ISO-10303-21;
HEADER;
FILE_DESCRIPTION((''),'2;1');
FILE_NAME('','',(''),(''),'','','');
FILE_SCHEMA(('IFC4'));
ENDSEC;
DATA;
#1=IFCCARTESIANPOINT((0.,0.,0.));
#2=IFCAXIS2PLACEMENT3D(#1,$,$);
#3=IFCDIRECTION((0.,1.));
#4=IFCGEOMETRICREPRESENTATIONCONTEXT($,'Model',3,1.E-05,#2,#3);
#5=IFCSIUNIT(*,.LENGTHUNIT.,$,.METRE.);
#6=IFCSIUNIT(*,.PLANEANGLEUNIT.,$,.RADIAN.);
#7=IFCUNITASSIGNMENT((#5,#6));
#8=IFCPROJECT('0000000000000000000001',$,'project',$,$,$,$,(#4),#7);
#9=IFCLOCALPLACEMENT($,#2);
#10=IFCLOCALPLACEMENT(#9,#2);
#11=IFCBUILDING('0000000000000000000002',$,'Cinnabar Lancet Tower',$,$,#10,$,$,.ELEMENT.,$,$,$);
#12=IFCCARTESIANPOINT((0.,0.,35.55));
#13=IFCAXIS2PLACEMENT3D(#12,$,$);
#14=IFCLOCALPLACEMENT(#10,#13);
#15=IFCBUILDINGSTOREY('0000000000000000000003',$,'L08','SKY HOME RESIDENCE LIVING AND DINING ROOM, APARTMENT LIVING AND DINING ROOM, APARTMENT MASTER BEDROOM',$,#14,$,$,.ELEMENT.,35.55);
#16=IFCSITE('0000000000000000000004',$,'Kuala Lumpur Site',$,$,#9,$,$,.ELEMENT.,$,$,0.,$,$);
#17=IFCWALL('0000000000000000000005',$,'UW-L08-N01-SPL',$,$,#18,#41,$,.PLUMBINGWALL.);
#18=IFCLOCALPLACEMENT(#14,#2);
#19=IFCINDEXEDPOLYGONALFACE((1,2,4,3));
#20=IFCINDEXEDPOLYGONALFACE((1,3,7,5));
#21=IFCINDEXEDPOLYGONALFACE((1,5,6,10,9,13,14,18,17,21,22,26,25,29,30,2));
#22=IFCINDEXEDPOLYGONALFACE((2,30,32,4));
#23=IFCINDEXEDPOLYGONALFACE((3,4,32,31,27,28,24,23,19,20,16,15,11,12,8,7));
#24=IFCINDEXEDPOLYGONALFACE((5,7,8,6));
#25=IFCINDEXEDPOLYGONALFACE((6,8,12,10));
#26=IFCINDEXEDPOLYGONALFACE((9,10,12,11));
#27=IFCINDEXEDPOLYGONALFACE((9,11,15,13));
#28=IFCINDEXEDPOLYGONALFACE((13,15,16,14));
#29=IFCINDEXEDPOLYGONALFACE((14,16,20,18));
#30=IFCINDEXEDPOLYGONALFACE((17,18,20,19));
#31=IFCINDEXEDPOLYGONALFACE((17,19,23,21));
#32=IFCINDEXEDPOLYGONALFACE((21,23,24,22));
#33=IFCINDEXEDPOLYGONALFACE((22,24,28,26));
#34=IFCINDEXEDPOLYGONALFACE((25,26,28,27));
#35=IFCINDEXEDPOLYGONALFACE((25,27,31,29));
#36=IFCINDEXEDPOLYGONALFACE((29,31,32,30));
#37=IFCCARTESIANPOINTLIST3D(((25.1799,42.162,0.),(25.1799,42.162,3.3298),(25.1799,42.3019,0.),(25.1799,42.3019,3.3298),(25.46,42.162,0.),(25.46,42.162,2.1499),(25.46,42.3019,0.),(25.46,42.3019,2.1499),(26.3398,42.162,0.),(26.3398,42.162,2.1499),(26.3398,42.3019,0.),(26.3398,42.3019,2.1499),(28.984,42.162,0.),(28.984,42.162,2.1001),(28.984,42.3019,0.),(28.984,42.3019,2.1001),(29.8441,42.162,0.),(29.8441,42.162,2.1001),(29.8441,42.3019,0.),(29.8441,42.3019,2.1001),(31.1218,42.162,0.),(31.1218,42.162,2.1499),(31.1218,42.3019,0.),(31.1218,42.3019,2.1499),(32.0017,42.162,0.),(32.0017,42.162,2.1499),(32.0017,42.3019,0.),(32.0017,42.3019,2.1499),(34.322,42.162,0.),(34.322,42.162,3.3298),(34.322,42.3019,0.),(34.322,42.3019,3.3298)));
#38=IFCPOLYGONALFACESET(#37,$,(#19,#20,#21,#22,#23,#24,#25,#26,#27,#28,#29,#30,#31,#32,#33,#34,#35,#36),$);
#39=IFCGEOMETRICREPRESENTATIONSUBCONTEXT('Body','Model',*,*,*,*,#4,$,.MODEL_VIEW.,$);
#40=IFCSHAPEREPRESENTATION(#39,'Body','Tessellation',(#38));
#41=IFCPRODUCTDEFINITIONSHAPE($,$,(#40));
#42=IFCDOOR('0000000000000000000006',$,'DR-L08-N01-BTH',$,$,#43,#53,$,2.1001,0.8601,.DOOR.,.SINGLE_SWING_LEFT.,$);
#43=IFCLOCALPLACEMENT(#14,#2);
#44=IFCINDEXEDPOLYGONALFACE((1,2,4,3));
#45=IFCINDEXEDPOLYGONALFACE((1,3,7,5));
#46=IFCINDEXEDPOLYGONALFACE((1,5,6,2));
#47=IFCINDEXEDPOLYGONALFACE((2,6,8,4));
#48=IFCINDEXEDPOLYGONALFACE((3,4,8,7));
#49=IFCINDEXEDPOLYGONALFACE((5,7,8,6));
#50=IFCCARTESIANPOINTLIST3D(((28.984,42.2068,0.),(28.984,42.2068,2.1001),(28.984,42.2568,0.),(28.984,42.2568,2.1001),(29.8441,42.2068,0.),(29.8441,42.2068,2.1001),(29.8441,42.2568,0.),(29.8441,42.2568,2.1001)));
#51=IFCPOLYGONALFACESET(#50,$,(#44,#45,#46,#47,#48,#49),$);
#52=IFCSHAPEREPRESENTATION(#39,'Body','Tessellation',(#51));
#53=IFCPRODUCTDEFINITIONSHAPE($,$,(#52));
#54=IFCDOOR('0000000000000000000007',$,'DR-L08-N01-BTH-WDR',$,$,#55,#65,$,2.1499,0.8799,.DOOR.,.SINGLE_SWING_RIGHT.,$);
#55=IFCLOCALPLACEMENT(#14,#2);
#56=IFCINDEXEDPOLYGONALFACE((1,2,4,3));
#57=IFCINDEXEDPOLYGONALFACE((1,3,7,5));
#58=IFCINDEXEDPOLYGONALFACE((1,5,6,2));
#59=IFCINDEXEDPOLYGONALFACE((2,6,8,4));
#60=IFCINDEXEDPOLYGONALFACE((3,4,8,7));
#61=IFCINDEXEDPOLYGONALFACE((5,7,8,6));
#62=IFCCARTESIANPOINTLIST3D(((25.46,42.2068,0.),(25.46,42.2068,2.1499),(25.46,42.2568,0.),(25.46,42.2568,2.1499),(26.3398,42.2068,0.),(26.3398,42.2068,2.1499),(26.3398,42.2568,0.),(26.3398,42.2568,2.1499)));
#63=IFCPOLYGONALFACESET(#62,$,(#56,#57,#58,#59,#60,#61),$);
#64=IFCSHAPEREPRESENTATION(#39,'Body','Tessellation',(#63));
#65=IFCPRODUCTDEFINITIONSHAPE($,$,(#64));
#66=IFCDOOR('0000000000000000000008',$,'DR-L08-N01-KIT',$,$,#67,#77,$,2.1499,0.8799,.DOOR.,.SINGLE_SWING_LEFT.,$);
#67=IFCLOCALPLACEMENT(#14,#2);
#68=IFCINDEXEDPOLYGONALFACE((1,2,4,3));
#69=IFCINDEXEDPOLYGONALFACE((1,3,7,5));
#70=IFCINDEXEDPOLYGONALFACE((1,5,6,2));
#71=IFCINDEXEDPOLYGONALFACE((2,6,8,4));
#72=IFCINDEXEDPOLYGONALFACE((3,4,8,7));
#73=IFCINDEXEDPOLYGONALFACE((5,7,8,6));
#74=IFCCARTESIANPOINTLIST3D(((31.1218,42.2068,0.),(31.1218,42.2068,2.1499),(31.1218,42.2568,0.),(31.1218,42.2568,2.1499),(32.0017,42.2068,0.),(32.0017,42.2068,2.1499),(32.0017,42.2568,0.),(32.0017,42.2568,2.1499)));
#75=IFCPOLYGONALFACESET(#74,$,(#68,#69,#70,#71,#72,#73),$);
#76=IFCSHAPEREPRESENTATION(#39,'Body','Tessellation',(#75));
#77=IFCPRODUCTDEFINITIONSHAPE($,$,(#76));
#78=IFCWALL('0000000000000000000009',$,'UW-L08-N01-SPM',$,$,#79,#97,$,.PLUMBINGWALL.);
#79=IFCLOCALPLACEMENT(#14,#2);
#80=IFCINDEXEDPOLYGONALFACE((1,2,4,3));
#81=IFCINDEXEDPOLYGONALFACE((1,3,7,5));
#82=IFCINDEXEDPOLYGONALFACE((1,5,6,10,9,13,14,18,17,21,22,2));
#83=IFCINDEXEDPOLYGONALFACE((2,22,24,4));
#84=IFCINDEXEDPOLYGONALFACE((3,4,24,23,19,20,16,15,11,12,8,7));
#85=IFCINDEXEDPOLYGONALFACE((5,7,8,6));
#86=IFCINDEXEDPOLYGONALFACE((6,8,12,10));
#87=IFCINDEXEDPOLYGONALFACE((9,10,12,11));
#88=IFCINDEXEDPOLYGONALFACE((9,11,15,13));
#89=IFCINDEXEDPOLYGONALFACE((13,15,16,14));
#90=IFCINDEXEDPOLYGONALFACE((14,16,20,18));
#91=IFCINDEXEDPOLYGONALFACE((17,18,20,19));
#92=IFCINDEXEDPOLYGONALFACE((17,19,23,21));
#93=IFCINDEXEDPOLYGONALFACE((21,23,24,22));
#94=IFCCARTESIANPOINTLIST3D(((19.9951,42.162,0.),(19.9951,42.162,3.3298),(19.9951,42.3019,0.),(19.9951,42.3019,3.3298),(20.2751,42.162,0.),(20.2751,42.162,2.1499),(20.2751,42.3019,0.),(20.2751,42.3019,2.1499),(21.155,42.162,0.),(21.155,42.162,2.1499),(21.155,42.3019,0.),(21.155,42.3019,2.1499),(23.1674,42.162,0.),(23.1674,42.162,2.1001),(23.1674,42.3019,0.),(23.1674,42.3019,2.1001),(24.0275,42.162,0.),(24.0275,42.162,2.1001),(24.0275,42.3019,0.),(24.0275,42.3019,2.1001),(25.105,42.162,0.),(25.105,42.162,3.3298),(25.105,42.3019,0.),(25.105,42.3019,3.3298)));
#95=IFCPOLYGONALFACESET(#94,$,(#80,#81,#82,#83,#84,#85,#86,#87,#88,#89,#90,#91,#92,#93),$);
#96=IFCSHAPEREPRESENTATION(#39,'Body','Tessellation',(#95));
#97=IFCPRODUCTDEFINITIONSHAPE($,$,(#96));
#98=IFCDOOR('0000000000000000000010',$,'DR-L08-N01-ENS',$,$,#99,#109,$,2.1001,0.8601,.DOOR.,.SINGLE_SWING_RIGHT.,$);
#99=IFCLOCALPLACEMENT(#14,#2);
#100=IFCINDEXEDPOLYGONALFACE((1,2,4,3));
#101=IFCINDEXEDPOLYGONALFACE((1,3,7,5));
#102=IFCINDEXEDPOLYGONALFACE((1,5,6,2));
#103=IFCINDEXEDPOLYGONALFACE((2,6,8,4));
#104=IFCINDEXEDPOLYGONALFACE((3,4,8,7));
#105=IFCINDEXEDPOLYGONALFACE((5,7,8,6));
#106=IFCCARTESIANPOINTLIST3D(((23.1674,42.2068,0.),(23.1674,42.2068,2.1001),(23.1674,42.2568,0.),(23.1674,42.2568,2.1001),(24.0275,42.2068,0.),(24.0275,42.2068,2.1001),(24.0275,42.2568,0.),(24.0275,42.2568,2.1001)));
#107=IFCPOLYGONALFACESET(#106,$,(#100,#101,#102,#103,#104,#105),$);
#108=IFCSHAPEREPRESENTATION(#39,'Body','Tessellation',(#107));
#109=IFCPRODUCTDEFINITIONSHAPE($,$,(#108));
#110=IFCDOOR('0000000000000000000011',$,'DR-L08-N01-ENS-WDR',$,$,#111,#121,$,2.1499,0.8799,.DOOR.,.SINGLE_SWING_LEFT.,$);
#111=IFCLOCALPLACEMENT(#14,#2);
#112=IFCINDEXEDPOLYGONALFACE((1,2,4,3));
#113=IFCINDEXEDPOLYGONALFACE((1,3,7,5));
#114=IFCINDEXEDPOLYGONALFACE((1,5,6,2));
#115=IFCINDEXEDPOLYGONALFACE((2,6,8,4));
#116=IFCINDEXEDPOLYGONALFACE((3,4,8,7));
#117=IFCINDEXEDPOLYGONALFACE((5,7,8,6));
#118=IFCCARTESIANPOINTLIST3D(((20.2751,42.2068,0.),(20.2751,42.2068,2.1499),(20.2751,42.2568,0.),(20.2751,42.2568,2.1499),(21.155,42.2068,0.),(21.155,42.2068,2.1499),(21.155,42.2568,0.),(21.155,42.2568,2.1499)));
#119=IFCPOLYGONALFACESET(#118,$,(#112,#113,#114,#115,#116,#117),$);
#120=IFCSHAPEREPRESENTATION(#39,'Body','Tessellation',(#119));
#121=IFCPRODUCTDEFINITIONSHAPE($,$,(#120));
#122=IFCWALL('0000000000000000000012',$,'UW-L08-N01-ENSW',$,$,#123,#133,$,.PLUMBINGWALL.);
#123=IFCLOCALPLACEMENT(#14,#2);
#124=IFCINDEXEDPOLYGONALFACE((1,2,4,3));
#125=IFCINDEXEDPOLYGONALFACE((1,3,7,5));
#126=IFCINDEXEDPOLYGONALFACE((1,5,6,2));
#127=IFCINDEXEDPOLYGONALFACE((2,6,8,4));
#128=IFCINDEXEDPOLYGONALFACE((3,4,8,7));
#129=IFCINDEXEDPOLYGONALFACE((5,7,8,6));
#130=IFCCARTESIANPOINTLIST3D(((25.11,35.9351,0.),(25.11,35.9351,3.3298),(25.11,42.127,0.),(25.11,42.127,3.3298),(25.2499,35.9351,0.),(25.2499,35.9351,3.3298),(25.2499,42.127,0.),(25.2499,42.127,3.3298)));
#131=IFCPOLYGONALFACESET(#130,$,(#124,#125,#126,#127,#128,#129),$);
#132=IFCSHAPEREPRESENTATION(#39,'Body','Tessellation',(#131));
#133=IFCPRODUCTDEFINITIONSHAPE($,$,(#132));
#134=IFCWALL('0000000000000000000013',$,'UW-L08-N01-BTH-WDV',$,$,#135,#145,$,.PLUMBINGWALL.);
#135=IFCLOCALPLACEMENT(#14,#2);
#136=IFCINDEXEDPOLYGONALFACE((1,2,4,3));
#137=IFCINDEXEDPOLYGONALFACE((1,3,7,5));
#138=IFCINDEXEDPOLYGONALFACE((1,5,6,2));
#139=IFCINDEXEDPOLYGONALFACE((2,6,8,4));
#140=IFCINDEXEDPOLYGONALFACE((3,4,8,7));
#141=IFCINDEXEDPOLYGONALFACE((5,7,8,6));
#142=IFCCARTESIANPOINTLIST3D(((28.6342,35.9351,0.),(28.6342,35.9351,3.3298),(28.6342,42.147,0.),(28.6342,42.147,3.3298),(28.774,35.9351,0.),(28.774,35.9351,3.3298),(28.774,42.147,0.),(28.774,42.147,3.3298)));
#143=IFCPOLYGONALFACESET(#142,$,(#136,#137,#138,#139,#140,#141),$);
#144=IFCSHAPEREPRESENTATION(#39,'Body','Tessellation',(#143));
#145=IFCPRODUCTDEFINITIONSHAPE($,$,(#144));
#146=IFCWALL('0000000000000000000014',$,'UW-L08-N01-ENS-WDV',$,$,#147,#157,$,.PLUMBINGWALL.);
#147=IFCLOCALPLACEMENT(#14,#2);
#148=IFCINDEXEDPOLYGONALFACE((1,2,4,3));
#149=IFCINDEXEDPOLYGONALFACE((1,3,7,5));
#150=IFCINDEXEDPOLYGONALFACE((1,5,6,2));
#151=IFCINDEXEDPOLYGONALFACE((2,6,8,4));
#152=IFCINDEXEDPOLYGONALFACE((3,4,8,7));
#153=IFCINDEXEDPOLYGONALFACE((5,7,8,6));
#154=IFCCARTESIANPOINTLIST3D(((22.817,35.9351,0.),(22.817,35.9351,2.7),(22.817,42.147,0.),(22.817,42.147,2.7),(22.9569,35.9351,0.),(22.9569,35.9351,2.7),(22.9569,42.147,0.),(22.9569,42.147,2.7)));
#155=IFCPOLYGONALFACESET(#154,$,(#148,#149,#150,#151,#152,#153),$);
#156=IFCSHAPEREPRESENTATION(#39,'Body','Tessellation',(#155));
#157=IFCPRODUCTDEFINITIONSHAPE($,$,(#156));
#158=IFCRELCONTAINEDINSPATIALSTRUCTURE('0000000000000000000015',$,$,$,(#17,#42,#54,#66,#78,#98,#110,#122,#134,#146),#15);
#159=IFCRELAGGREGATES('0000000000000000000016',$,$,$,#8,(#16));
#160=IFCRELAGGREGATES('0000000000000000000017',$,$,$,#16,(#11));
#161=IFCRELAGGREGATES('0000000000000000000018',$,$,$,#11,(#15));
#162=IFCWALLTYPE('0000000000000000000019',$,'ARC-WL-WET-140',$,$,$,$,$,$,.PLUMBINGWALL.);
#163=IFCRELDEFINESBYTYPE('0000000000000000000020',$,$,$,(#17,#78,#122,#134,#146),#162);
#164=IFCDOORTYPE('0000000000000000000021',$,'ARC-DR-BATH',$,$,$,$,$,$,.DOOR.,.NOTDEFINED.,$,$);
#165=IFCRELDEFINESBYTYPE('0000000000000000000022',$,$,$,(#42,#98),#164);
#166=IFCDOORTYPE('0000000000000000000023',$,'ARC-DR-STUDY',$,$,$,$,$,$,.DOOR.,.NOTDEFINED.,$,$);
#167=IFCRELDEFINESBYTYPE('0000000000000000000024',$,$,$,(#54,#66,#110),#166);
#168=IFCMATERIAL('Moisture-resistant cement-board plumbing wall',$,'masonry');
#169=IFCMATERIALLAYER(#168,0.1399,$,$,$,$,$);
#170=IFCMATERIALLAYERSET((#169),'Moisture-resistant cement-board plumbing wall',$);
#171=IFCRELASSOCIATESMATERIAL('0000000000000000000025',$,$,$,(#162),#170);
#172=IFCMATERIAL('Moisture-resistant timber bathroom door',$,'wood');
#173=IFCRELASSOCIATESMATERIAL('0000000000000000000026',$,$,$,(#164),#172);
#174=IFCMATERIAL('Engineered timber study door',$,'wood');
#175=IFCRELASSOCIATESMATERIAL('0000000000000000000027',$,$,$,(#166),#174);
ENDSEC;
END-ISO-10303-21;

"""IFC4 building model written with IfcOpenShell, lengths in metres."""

from ifc_helpers import new_model, si_unit, direction, frame, frame_2d, origin, place, context, subcontext, project, spatial, rectangle, extrude, material, layer, layer_set, type_object, element, fill, save


model = new_model("IFC4")

# Units and contexts
model_context = context("Model", 3, precision=1e-05, world=origin(), true_north=direction((0.0, 1.0)))
body_context = subcontext(model_context, "Body", "Model", "MODEL_VIEW")
ifc_project = project(units=[si_unit("LENGTHUNIT", "METRE"), si_unit("PLANEANGLEUNIT", "RADIAN")], contexts=[model_context])

# Site, building, storey
site_placement = place(None, origin())
site = spatial("IfcSite", under=ifc_project, at=site_placement, Name="Kuala Lumpur Site", CompositionType="ELEMENT", RefElevation=0.0)
building_placement = place(site_placement, origin())
building = spatial("IfcBuilding", under=site, at=building_placement, Name="Cinnabar Lancet Tower", CompositionType="ELEMENT")
storey_placement = place(building_placement, frame((0.0, 0.0, 35.55)))
storey = spatial("IfcBuildingStorey", under=building, at=storey_placement, Name="L08", Description="SKY HOME RESIDENCE LIVING AND DINING ROOM, APARTMENT LIVING AND DINING ROOM, APARTMENT MASTER BEDROOM", CompositionType="ELEMENT", Elevation=35.55)

# Walls, openings, doors
ifc_material_1 = material(Name="Moisture-resistant cement-board plumbing wall", Category="masonry")
ifc_layer_1 = layer(ifc_material_1, 0.1399)
ifc_layer_set_1 = layer_set([ifc_layer_1], Name="Moisture-resistant cement-board plumbing wall")
wall_type_1 = type_object("IfcWallType", Name="ARC-WL-WET-140", PredefinedType="PLUMBINGWALL", material=ifc_layer_set_1)
wall_1_placement = place(storey_placement, frame((25.1799, 42.2319, 0.0), z_axis=(0.0, 0.0, 1.0), x_axis=(1.0, 0.0, 0.0)))
wall_1 = element("IfcWall", 1, at=wall_1_placement, inside=storey, type_object=wall_type_1, Name="UW-L08-N01-SPL", PredefinedType="PLUMBINGWALL", context=body_context, shape_type="SweptSolid", body=[
    extrude(rectangle(XDim=9.1421, YDim=0.1399, at=frame_2d((4.571, 0.0))), origin(), (0.0, 0.0, 1.0), 3.3298),
])
opening_1_placement = place(wall_1_placement, frame((0.28, 0.0, 0.0)))
opening_1 = element("IfcOpeningElement", 2, at=opening_1_placement, cuts=wall_1, PredefinedType="OPENING", context=body_context, shape_type="SweptSolid", body=[
    extrude(rectangle(XDim=0.8799, YDim=2.1499, at=frame_2d((0.4399, 1.075))), frame((0.0, 0.0798, 0.0), z_axis=(0.0, -1.0, 0.0), x_axis=(1.0, 0.0, 0.0)), (0.0, 0.0, 1.0), 0.1599),
])
opening_2_placement = place(wall_1_placement, frame((3.804, 0.0, 0.0)))
opening_2 = element("IfcOpeningElement", 3, at=opening_2_placement, cuts=wall_1, PredefinedType="OPENING", context=body_context, shape_type="SweptSolid", body=[
    extrude(rectangle(XDim=0.8601, YDim=2.1001, at=frame_2d((0.4302, 1.05))), frame((0.0, 0.0798, 0.0), z_axis=(0.0, -1.0, 0.0), x_axis=(1.0, 0.0, 0.0)), (0.0, 0.0, 1.0), 0.1599),
])
opening_3_placement = place(wall_1_placement, frame((5.9419, 0.0, 0.0)))
opening_3 = element("IfcOpeningElement", 4, at=opening_3_placement, cuts=wall_1, PredefinedType="OPENING", context=body_context, shape_type="SweptSolid", body=[
    extrude(rectangle(XDim=0.8799, YDim=2.1499, at=frame_2d((0.4399, 1.075))), frame((0.0, 0.0798, 0.0), z_axis=(0.0, -1.0, 0.0), x_axis=(1.0, 0.0, 0.0)), (0.0, 0.0, 1.0), 0.1599),
])
ifc_material_2 = material(Name="Moisture-resistant timber bathroom door", Category="wood")
door_type_1 = type_object("IfcDoorType", Name="ARC-DR-BATH", OperationType="NOTDEFINED", PredefinedType="DOOR", material=ifc_material_2)
door_1_placement = place(opening_2_placement, origin())
door_1 = element("IfcDoor", 5, at=door_1_placement, inside=storey, type_object=door_type_1, Name="DR-L08-N01-BTH", OperationType="SINGLE_SWING_LEFT", OverallHeight=2.1001, OverallWidth=0.8601, PredefinedType="DOOR", context=body_context, shape_type="SweptSolid", body=[
    extrude(rectangle(XDim=0.8601, YDim=2.1001, at=frame_2d((0.4302, 1.05))), frame((0.0, 0.0249, 0.0), z_axis=(0.0, -1.0, 0.0), x_axis=(1.0, 0.0, 0.0)), (0.0, 0.0, 1.0), 0.05),
])
fill(opening_2, door_1)
ifc_material_3 = material(Name="Engineered timber study door", Category="wood")
door_type_2 = type_object("IfcDoorType", Name="ARC-DR-STUDY", OperationType="NOTDEFINED", PredefinedType="DOOR", material=ifc_material_3)
door_2_placement = place(opening_1_placement, origin())
door_2 = element("IfcDoor", 6, at=door_2_placement, inside=storey, type_object=door_type_2, Name="DR-L08-N01-BTH-WDR", OperationType="SINGLE_SWING_RIGHT", OverallHeight=2.1499, OverallWidth=0.8799, PredefinedType="DOOR", context=body_context, shape_type="SweptSolid", body=[
    extrude(rectangle(XDim=0.8799, YDim=2.1499, at=frame_2d((0.4399, 1.075))), frame((0.0, 0.0249, 0.0), z_axis=(0.0, -1.0, 0.0), x_axis=(1.0, 0.0, 0.0)), (0.0, 0.0, 1.0), 0.05),
])
fill(opening_1, door_2)
door_3_placement = place(opening_3_placement, origin())
door_3 = element("IfcDoor", 7, at=door_3_placement, inside=storey, type_object=door_type_2, Name="DR-L08-N01-KIT", OperationType="SINGLE_SWING_LEFT", OverallHeight=2.1499, OverallWidth=0.8799, PredefinedType="DOOR", context=body_context, shape_type="SweptSolid", body=[
    extrude(rectangle(XDim=0.8799, YDim=2.1499, at=frame_2d((0.4399, 1.075))), frame((0.0, 0.0249, 0.0), z_axis=(0.0, -1.0, 0.0), x_axis=(1.0, 0.0, 0.0)), (0.0, 0.0, 1.0), 0.05),
])
fill(opening_3, door_3)
wall_2_placement = place(storey_placement, frame((19.9951, 42.2319, 0.0), z_axis=(0.0, 0.0, 1.0), x_axis=(1.0, 0.0, 0.0)))
wall_2 = element("IfcWall", 8, at=wall_2_placement, inside=storey, type_object=wall_type_1, Name="UW-L08-N01-SPM", PredefinedType="PLUMBINGWALL", context=body_context, shape_type="SweptSolid", body=[
    extrude(rectangle(XDim=5.1099, YDim=0.1399, at=frame_2d((2.5549, 0.0))), origin(), (0.0, 0.0, 1.0), 3.3298),
])
opening_4_placement = place(wall_2_placement, frame((0.28, 0.0, 0.0)))
opening_4 = element("IfcOpeningElement", 9, at=opening_4_placement, cuts=wall_2, PredefinedType="OPENING", context=body_context, shape_type="SweptSolid", body=[
    extrude(rectangle(XDim=0.8799, YDim=2.1499, at=frame_2d((0.4399, 1.075))), frame((0.0, 0.0798, 0.0), z_axis=(0.0, -1.0, 0.0), x_axis=(1.0, 0.0, 0.0)), (0.0, 0.0, 1.0), 0.1599),
])
opening_5_placement = place(wall_2_placement, frame((3.1721, 0.0, 0.0)))
opening_5 = element("IfcOpeningElement", 10, at=opening_5_placement, cuts=wall_2, PredefinedType="OPENING", context=body_context, shape_type="SweptSolid", body=[
    extrude(rectangle(XDim=0.8601, YDim=2.1001, at=frame_2d((0.4302, 1.05))), frame((0.0, 0.0798, 0.0), z_axis=(0.0, -1.0, 0.0), x_axis=(1.0, 0.0, 0.0)), (0.0, 0.0, 1.0), 0.1599),
])
door_4_placement = place(opening_5_placement, origin())
door_4 = element("IfcDoor", 11, at=door_4_placement, inside=storey, type_object=door_type_1, Name="DR-L08-N01-ENS", OperationType="SINGLE_SWING_RIGHT", OverallHeight=2.1001, OverallWidth=0.8601, PredefinedType="DOOR", context=body_context, shape_type="SweptSolid", body=[
    extrude(rectangle(XDim=0.8601, YDim=2.1001, at=frame_2d((0.4302, 1.05))), frame((0.0, 0.0249, 0.0), z_axis=(0.0, -1.0, 0.0), x_axis=(1.0, 0.0, 0.0)), (0.0, 0.0, 1.0), 0.05),
])
fill(opening_5, door_4)
door_5_placement = place(opening_4_placement, origin())
door_5 = element("IfcDoor", 12, at=door_5_placement, inside=storey, type_object=door_type_2, Name="DR-L08-N01-ENS-WDR", OperationType="SINGLE_SWING_LEFT", OverallHeight=2.1499, OverallWidth=0.8799, PredefinedType="DOOR", context=body_context, shape_type="SweptSolid", body=[
    extrude(rectangle(XDim=0.8799, YDim=2.1499, at=frame_2d((0.4399, 1.075))), frame((0.0, 0.0249, 0.0), z_axis=(0.0, -1.0, 0.0), x_axis=(1.0, 0.0, 0.0)), (0.0, 0.0, 1.0), 0.05),
])
fill(opening_4, door_5)

# Walls
wall_3_placement = place(storey_placement, frame((25.1799, 35.9351, 0.0), z_axis=(0.0, 0.0, 1.0), x_axis=(0.0, 1.0, 0.0)))
element("IfcWall", 13, at=wall_3_placement, inside=storey, type_object=wall_type_1, Name="UW-L08-N01-ENSW", PredefinedType="PLUMBINGWALL", context=body_context, shape_type="SweptSolid", body=[
    extrude(rectangle(XDim=6.1919, YDim=0.1399, at=frame_2d((3.0959, 0.0))), origin(), (0.0, 0.0, 1.0), 3.3298),
])
wall_4_placement = place(storey_placement, frame((28.7041, 35.9351, 0.0), z_axis=(0.0, 0.0, 1.0), x_axis=(0.0, 1.0, 0.0)))
element("IfcWall", 14, at=wall_4_placement, inside=storey, type_object=wall_type_1, Name="UW-L08-N01-BTH-WDV", PredefinedType="PLUMBINGWALL", context=body_context, shape_type="SweptSolid", body=[
    extrude(rectangle(XDim=6.2119, YDim=0.1399, at=frame_2d((3.106, 0.0))), origin(), (0.0, 0.0, 1.0), 3.3298),
])
wall_5_placement = place(storey_placement, frame((22.887, 35.9351, 0.0), z_axis=(0.0, 0.0, 1.0), x_axis=(0.0, 1.0, 0.0)))
element("IfcWall", 15, at=wall_5_placement, inside=storey, type_object=wall_type_1, Name="UW-L08-N01-ENS-WDV", PredefinedType="PLUMBINGWALL", context=body_context, shape_type="SweptSolid", body=[
    extrude(rectangle(XDim=6.2119, YDim=0.1399, at=frame_2d((3.106, 0.0))), origin(), (0.0, 0.0, 1.0), 2.7),
])

save(model, "model.ifc")
